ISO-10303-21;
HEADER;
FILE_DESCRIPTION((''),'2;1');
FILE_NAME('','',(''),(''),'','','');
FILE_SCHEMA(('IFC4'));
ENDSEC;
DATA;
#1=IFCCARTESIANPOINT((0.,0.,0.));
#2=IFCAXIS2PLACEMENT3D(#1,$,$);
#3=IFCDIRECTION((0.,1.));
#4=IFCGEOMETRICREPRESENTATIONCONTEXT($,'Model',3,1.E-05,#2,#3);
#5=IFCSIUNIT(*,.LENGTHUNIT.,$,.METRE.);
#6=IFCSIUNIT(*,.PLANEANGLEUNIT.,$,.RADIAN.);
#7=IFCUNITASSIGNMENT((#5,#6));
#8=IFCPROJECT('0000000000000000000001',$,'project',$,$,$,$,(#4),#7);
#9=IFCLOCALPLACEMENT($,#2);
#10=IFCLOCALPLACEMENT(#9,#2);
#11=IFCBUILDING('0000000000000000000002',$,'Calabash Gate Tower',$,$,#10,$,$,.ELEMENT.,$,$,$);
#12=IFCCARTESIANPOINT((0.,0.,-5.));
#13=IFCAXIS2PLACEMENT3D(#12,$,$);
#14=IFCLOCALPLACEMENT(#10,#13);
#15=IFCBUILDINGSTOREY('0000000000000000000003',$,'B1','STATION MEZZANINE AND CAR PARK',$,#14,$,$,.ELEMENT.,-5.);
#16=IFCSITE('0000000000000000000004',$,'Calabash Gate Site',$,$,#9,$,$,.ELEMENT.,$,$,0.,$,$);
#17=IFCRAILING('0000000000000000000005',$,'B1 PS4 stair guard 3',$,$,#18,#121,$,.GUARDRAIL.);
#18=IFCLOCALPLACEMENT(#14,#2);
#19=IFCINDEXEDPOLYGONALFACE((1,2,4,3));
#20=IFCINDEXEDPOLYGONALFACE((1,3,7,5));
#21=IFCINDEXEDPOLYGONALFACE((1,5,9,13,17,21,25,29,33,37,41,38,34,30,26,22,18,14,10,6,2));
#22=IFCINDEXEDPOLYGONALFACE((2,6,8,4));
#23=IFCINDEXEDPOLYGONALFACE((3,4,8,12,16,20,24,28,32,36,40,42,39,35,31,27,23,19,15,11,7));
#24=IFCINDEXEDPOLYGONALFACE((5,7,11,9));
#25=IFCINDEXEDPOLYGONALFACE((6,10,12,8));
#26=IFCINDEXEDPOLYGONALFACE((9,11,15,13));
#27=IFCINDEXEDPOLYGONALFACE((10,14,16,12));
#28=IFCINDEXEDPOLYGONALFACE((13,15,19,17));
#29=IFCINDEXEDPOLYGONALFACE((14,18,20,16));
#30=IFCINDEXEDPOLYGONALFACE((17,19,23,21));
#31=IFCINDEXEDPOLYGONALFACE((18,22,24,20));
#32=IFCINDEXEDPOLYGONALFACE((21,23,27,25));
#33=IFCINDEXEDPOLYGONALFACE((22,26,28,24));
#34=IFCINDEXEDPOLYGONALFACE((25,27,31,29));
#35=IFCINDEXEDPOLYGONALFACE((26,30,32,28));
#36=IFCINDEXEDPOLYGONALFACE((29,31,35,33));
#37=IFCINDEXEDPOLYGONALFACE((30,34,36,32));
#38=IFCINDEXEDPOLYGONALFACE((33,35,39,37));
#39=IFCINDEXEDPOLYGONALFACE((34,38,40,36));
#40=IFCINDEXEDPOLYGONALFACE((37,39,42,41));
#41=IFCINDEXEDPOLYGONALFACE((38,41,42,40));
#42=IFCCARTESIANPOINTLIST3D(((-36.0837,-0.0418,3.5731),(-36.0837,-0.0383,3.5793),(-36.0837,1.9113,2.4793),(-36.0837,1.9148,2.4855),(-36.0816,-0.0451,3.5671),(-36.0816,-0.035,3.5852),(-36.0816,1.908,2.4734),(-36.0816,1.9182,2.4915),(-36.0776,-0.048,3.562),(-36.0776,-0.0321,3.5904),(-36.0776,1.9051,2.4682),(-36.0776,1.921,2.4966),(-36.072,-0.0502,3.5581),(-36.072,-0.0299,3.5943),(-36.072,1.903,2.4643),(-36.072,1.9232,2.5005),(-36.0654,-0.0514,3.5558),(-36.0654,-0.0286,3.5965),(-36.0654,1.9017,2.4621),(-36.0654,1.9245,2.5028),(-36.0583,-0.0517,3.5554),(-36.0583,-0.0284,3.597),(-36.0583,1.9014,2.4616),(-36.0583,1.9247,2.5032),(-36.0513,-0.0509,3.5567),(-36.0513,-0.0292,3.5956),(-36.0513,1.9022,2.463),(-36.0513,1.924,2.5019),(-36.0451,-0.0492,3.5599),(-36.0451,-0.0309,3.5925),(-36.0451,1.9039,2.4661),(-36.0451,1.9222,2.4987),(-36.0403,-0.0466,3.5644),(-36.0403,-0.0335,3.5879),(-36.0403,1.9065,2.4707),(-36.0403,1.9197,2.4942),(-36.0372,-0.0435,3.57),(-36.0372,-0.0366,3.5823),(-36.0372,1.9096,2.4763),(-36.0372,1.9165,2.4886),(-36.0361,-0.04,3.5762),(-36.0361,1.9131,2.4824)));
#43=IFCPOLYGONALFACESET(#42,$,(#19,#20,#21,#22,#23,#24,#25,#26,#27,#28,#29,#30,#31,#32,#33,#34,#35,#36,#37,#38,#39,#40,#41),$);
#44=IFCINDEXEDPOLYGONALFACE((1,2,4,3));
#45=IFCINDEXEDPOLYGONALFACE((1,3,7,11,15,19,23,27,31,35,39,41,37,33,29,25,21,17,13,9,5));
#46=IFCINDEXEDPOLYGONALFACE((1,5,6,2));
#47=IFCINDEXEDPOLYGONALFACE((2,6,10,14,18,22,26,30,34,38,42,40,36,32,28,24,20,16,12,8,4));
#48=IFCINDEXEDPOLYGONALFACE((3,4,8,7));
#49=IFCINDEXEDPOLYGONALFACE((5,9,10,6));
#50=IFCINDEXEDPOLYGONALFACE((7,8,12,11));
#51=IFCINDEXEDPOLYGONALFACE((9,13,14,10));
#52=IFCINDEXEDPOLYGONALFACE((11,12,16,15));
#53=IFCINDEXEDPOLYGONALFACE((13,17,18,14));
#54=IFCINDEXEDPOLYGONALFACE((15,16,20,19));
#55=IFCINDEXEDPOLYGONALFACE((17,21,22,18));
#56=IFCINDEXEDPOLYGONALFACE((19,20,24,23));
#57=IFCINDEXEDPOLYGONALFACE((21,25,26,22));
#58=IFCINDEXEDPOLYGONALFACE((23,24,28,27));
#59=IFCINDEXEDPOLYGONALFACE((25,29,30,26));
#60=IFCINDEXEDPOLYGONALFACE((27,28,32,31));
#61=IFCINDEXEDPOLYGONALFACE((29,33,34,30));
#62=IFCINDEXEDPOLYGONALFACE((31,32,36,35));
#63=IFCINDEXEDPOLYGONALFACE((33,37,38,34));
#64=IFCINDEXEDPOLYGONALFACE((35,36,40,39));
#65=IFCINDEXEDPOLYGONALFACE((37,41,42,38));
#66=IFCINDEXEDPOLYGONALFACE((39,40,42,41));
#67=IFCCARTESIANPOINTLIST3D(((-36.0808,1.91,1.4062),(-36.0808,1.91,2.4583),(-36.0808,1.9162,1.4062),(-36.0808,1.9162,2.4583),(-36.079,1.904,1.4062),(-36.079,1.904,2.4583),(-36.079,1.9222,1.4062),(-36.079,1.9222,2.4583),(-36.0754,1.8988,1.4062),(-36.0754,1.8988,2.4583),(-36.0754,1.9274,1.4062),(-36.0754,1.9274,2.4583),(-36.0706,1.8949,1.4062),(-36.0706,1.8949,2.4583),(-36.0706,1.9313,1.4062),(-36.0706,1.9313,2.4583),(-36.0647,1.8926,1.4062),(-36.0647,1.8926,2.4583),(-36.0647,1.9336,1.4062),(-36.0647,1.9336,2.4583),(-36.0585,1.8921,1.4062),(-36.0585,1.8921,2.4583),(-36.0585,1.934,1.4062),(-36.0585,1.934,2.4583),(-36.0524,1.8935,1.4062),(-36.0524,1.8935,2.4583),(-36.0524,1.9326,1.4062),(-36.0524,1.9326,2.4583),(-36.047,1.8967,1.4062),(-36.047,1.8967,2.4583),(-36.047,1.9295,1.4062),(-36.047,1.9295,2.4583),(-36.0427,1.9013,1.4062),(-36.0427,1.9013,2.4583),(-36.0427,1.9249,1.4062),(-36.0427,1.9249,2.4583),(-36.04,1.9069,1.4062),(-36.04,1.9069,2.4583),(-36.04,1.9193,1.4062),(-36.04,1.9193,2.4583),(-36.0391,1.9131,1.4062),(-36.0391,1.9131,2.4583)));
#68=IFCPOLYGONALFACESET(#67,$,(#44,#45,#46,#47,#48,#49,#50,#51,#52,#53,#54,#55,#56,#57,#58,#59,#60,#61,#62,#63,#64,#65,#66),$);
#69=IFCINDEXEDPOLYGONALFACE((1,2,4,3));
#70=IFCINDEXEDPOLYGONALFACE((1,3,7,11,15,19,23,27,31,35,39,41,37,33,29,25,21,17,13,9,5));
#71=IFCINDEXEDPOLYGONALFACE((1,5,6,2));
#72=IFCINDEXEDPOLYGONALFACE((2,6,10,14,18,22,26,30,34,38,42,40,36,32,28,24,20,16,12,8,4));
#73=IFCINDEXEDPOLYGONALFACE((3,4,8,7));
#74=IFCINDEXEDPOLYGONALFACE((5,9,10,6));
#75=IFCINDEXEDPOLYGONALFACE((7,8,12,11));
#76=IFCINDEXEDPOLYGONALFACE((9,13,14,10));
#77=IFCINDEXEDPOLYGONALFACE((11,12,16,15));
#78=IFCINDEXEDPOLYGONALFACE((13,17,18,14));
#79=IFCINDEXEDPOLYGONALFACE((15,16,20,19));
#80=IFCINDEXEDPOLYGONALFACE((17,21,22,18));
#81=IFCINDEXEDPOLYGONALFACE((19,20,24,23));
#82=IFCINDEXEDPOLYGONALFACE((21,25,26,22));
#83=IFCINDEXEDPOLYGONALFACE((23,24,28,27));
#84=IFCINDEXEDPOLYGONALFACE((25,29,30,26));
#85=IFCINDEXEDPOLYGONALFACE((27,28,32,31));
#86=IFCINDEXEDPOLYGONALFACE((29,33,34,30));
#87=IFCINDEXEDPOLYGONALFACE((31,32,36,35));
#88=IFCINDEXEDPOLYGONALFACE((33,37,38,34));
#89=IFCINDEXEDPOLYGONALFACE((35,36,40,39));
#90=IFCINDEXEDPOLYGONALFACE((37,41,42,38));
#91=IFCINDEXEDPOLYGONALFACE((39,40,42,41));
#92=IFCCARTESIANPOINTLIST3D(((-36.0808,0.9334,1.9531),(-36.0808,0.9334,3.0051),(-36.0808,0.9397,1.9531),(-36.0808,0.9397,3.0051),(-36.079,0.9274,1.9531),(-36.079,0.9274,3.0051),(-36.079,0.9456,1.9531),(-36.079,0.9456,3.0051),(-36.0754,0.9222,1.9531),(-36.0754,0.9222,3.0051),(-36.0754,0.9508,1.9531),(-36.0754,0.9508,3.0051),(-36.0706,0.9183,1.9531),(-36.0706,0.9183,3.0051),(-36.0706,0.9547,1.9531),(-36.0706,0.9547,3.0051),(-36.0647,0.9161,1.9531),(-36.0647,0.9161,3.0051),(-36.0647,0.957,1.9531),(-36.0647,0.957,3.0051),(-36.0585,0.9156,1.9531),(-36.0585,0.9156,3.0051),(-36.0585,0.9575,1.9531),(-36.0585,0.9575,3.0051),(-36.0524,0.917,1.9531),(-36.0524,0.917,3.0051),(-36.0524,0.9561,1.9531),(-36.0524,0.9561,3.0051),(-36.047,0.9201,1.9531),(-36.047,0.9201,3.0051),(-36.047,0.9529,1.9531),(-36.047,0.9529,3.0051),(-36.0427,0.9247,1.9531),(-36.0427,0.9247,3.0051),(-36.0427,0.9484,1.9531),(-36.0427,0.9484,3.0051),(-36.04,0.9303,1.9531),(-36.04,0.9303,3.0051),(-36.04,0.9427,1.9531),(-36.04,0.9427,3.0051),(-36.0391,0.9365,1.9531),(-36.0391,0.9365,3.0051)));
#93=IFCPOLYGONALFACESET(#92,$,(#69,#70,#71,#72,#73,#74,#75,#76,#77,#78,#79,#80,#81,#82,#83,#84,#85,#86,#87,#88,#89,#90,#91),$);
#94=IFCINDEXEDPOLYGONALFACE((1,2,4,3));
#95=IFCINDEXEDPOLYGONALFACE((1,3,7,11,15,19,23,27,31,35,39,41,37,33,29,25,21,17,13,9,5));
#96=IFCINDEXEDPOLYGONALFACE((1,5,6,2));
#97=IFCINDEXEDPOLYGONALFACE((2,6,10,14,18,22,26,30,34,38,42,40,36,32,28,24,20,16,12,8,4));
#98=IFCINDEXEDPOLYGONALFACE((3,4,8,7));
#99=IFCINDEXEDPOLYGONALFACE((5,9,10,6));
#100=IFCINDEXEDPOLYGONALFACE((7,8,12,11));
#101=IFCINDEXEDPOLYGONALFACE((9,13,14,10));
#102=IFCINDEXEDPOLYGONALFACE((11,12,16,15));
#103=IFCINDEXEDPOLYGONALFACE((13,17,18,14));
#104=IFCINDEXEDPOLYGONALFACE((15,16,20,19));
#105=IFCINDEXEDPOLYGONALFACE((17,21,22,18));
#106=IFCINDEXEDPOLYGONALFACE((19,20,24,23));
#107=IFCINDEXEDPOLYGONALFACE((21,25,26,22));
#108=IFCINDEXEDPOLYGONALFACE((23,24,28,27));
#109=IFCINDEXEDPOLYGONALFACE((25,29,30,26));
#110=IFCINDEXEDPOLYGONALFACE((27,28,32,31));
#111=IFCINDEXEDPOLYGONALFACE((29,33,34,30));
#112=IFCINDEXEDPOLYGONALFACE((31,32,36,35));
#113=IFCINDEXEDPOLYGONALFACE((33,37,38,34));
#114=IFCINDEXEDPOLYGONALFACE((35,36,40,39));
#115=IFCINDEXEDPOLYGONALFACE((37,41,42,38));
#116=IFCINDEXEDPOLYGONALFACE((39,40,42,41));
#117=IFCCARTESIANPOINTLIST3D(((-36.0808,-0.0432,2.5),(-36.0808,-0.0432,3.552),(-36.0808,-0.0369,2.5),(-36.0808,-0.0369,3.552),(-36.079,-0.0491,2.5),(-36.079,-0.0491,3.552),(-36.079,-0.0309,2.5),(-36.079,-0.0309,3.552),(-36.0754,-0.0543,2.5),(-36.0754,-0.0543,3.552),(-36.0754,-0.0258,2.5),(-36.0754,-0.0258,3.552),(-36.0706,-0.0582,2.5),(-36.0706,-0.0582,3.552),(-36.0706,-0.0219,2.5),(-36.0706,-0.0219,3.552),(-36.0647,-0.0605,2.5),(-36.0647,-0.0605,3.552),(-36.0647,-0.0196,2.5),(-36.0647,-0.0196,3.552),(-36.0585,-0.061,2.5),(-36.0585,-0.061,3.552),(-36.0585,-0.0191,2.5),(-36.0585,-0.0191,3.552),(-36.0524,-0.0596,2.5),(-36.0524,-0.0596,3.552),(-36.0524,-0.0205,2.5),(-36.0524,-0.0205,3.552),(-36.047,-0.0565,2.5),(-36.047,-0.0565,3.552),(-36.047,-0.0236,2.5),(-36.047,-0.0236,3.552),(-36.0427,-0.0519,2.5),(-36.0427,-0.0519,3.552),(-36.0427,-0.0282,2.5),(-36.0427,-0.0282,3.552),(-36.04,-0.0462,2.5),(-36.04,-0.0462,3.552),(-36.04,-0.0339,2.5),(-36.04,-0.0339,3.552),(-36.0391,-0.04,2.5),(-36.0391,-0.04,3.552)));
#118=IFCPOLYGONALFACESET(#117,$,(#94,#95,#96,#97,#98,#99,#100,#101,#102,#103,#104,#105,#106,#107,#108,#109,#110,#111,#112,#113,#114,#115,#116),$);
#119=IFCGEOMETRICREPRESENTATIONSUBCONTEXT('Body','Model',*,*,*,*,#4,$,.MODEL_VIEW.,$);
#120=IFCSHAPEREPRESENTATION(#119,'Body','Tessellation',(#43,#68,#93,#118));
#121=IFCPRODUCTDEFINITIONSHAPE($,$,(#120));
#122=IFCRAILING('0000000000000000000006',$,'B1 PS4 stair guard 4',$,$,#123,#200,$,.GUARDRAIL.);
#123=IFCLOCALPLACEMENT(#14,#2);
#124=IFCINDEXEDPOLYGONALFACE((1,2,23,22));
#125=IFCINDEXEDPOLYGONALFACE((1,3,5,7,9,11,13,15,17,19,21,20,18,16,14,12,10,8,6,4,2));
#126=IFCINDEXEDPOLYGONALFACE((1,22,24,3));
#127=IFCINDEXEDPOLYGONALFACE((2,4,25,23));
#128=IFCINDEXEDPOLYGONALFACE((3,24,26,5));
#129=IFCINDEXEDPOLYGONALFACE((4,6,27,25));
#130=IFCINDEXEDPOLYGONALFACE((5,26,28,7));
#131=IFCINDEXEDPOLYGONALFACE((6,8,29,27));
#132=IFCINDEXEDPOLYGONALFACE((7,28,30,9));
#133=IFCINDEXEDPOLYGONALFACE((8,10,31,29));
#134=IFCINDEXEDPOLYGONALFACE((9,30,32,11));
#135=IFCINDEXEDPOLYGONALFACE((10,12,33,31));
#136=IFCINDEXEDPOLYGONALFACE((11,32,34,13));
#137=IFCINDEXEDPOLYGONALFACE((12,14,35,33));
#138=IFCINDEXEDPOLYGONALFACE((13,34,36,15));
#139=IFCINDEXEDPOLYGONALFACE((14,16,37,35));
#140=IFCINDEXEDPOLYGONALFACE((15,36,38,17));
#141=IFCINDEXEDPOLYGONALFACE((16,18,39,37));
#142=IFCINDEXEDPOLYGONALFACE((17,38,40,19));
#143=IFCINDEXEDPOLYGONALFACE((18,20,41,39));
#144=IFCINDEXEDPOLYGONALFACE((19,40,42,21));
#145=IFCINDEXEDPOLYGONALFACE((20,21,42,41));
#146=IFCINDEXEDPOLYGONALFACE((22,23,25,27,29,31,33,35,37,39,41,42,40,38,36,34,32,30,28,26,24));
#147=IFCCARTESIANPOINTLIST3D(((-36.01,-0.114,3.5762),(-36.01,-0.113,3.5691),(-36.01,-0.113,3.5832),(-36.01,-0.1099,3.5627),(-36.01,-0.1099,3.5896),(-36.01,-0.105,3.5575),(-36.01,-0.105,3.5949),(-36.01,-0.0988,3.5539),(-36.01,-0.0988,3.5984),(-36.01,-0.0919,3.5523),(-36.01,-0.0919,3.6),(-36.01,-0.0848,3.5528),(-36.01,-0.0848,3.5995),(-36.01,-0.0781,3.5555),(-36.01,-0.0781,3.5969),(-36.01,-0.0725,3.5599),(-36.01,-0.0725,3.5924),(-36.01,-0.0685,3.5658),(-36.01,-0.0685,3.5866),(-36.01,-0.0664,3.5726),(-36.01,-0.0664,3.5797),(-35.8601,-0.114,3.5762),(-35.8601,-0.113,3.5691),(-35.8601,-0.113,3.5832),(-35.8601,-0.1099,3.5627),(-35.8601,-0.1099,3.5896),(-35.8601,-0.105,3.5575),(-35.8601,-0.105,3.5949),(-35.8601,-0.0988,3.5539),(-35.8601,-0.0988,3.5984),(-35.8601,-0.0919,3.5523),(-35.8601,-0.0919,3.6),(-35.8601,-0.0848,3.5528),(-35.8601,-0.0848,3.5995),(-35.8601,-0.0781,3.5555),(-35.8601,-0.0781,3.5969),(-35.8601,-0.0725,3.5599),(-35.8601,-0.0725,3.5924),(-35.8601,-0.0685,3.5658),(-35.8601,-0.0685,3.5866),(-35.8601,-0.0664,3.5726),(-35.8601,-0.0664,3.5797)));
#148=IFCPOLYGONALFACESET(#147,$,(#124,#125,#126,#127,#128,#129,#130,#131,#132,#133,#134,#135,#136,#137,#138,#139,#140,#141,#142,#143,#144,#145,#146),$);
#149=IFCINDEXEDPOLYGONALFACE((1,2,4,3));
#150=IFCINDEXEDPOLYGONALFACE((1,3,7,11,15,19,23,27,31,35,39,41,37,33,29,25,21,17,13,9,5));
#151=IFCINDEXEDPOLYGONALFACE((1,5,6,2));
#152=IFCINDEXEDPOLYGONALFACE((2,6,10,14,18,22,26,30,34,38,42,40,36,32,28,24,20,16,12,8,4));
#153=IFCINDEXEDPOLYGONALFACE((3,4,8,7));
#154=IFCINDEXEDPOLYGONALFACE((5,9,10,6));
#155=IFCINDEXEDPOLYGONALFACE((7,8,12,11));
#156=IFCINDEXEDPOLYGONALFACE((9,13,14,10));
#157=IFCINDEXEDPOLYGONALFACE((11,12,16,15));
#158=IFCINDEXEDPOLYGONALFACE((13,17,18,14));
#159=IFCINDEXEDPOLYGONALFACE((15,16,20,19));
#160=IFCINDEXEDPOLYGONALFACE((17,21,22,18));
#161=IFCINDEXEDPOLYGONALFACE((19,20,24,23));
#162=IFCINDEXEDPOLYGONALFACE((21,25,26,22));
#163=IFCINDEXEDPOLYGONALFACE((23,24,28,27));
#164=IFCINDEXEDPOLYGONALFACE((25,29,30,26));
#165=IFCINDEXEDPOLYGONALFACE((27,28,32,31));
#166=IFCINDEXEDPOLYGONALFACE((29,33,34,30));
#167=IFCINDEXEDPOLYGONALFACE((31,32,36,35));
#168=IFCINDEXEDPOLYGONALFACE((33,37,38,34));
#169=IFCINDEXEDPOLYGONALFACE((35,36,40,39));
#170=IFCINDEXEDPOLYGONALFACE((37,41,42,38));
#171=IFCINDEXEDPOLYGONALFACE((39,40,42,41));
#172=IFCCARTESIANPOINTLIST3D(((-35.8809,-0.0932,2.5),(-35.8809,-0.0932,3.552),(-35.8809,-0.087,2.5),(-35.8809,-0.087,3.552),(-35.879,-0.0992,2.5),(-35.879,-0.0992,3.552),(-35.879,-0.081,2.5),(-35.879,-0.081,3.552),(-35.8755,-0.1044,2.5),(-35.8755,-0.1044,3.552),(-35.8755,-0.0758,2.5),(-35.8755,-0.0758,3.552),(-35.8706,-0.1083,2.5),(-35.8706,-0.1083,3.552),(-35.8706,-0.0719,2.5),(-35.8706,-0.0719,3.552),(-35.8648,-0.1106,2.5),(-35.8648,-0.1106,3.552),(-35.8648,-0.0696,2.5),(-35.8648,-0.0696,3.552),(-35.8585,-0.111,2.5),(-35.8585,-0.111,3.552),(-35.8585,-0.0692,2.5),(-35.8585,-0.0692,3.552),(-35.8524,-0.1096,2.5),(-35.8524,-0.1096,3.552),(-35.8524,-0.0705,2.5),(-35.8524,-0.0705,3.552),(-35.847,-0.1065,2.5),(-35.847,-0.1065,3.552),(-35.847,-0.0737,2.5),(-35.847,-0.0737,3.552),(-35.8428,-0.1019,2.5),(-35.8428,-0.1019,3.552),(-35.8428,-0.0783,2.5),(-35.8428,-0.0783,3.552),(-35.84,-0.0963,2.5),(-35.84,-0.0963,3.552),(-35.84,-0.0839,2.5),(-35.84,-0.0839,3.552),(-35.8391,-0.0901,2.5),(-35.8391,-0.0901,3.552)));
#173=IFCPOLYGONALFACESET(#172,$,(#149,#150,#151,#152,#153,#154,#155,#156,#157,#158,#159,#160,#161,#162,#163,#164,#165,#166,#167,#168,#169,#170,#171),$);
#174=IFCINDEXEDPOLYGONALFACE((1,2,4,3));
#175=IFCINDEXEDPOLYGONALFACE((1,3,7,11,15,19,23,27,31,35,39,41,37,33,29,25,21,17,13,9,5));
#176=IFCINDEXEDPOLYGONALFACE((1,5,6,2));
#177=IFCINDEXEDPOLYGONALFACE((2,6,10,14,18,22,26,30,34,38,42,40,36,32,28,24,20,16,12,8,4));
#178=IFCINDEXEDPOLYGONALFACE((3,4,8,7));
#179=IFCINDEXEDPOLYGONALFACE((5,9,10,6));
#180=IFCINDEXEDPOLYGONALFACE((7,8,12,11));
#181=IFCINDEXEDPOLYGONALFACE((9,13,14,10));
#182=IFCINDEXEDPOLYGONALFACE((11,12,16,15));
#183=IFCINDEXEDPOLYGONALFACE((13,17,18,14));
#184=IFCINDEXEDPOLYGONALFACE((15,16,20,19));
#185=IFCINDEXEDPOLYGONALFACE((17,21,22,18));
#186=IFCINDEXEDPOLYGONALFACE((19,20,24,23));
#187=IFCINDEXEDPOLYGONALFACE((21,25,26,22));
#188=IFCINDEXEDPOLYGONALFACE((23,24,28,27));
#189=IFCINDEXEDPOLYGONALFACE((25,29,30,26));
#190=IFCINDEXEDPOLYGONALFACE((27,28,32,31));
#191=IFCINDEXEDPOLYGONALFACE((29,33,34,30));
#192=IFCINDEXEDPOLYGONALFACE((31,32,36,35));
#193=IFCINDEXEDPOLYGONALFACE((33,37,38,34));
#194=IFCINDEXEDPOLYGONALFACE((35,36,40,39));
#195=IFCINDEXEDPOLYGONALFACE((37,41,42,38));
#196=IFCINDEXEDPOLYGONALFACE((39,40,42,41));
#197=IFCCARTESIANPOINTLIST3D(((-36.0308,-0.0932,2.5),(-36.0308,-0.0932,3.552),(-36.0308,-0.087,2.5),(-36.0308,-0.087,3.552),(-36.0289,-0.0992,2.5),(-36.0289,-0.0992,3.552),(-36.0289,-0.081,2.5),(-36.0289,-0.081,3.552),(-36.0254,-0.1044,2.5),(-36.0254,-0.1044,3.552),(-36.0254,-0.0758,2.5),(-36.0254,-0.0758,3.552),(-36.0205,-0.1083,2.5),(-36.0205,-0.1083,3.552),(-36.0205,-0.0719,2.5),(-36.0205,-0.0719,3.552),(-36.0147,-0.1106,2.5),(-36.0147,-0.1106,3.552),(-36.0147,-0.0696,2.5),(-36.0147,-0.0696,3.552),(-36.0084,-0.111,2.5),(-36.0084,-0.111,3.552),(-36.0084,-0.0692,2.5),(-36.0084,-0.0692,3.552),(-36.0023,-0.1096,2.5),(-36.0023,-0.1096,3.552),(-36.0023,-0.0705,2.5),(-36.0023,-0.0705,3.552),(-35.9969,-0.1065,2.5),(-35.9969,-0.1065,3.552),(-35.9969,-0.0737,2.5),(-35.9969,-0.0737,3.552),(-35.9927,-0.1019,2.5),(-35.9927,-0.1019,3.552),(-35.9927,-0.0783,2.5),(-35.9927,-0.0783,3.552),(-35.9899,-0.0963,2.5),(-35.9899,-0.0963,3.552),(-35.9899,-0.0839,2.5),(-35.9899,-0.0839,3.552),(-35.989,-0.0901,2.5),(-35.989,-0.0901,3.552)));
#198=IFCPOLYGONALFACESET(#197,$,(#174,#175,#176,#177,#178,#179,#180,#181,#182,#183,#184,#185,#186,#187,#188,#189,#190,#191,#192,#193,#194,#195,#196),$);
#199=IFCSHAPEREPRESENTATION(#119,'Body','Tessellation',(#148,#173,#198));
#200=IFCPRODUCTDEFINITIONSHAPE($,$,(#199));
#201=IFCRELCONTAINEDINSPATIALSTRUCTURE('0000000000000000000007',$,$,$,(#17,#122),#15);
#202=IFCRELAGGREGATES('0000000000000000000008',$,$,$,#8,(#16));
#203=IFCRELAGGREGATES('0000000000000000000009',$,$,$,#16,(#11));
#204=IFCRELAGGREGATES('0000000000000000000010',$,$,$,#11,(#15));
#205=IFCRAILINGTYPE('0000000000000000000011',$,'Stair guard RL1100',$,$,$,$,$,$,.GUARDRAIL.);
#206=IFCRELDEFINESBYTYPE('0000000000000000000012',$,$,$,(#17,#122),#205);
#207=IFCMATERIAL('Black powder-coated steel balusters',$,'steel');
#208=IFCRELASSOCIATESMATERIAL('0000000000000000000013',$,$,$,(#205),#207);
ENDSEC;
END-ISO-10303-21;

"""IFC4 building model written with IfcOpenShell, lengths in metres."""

from ifc_helpers import new_model, si_unit, direction, frame, origin, origin_2d, place, context, subcontext, project, spatial, circle, extrude, material, type_object, element, save


model = new_model("IFC4")

# Units and contexts
model_context = context("Model", 3, precision=1e-05, world=origin(), true_north=direction((0.0, 1.0)))
body_context = subcontext(model_context, "Body", "Model", "MODEL_VIEW")
ifc_project = project(units=[si_unit("LENGTHUNIT", "METRE"), si_unit("PLANEANGLEUNIT", "RADIAN")], contexts=[model_context])

# Site, building, storey
site_placement = place(None, origin())
site = spatial("IfcSite", under=ifc_project, at=site_placement, Name="Calabash Gate Site", CompositionType="ELEMENT", RefElevation=0.0)
building_placement = place(site_placement, origin())
building = spatial("IfcBuilding", under=site, at=building_placement, Name="Calabash Gate Tower", CompositionType="ELEMENT")
storey_placement = place(building_placement, frame((0.0, 0.0, -5.0)))
storey = spatial("IfcBuildingStorey", under=building, at=storey_placement, Name="B1", Description="STATION MEZZANINE AND CAR PARK", CompositionType="ELEMENT", Elevation=-5.0)

# Railings
ifc_material_1 = material(Name="Black powder-coated steel balusters", Category="steel")
railing_type_1 = type_object("IfcRailingType", Name="Stair guard RL1100", PredefinedType="GUARDRAIL", material=ifc_material_1)
railing_1_placement = place(storey_placement, frame((-36.0601, 1.9131, 1.4062)))
element("IfcRailing", 1, at=railing_1_placement, inside=storey, type_object=railing_type_1, Name="B1 PS4 stair guard 3", PredefinedType="GUARDRAIL", context=body_context, shape_type="SweptSolid", body=[
    extrude(circle(Radius=0.0239, at=origin_2d()), frame((0.0, 0.0, 1.0762), z_axis=(0.0, -0.872506, 0.488603), x_axis=(1.0, 0.0, 0.0)), (0.0, 0.0, 1.0), 2.2385),
    extrude(circle(Radius=0.021, at=origin_2d()), origin(), (0.0, 0.0, 1.0), 1.052),
    extrude(circle(Radius=0.021, at=origin_2d()), frame((0.0, -0.9766, 0.5469)), (0.0, 0.0, 1.0), 1.052),
    extrude(circle(Radius=0.021, at=origin_2d()), frame((0.0, -1.9531, 1.0938)), (0.0, 0.0, 1.0), 1.052),
])
railing_2_placement = place(storey_placement, frame((-35.8601, -0.0901, 2.5)))
element("IfcRailing", 2, at=railing_2_placement, inside=storey, type_object=railing_type_1, Name="B1 PS4 stair guard 4", PredefinedType="GUARDRAIL", context=body_context, shape_type="SweptSolid", body=[
    extrude(circle(Radius=0.0239, at=origin_2d()), frame((0.0, 0.0, 1.0762), z_axis=(-1.0, 0.0, 0.0), x_axis=(0.0, -1.0, 0.0)), (0.0, 0.0, 1.0), 0.1499),
    extrude(circle(Radius=0.021, at=origin_2d()), origin(), (0.0, 0.0, 1.0), 1.052),
    extrude(circle(Radius=0.021, at=origin_2d()), frame((-0.1499, 0.0, 0.0)), (0.0, 0.0, 1.0), 1.052),
])

save(model, "model.ifc")
